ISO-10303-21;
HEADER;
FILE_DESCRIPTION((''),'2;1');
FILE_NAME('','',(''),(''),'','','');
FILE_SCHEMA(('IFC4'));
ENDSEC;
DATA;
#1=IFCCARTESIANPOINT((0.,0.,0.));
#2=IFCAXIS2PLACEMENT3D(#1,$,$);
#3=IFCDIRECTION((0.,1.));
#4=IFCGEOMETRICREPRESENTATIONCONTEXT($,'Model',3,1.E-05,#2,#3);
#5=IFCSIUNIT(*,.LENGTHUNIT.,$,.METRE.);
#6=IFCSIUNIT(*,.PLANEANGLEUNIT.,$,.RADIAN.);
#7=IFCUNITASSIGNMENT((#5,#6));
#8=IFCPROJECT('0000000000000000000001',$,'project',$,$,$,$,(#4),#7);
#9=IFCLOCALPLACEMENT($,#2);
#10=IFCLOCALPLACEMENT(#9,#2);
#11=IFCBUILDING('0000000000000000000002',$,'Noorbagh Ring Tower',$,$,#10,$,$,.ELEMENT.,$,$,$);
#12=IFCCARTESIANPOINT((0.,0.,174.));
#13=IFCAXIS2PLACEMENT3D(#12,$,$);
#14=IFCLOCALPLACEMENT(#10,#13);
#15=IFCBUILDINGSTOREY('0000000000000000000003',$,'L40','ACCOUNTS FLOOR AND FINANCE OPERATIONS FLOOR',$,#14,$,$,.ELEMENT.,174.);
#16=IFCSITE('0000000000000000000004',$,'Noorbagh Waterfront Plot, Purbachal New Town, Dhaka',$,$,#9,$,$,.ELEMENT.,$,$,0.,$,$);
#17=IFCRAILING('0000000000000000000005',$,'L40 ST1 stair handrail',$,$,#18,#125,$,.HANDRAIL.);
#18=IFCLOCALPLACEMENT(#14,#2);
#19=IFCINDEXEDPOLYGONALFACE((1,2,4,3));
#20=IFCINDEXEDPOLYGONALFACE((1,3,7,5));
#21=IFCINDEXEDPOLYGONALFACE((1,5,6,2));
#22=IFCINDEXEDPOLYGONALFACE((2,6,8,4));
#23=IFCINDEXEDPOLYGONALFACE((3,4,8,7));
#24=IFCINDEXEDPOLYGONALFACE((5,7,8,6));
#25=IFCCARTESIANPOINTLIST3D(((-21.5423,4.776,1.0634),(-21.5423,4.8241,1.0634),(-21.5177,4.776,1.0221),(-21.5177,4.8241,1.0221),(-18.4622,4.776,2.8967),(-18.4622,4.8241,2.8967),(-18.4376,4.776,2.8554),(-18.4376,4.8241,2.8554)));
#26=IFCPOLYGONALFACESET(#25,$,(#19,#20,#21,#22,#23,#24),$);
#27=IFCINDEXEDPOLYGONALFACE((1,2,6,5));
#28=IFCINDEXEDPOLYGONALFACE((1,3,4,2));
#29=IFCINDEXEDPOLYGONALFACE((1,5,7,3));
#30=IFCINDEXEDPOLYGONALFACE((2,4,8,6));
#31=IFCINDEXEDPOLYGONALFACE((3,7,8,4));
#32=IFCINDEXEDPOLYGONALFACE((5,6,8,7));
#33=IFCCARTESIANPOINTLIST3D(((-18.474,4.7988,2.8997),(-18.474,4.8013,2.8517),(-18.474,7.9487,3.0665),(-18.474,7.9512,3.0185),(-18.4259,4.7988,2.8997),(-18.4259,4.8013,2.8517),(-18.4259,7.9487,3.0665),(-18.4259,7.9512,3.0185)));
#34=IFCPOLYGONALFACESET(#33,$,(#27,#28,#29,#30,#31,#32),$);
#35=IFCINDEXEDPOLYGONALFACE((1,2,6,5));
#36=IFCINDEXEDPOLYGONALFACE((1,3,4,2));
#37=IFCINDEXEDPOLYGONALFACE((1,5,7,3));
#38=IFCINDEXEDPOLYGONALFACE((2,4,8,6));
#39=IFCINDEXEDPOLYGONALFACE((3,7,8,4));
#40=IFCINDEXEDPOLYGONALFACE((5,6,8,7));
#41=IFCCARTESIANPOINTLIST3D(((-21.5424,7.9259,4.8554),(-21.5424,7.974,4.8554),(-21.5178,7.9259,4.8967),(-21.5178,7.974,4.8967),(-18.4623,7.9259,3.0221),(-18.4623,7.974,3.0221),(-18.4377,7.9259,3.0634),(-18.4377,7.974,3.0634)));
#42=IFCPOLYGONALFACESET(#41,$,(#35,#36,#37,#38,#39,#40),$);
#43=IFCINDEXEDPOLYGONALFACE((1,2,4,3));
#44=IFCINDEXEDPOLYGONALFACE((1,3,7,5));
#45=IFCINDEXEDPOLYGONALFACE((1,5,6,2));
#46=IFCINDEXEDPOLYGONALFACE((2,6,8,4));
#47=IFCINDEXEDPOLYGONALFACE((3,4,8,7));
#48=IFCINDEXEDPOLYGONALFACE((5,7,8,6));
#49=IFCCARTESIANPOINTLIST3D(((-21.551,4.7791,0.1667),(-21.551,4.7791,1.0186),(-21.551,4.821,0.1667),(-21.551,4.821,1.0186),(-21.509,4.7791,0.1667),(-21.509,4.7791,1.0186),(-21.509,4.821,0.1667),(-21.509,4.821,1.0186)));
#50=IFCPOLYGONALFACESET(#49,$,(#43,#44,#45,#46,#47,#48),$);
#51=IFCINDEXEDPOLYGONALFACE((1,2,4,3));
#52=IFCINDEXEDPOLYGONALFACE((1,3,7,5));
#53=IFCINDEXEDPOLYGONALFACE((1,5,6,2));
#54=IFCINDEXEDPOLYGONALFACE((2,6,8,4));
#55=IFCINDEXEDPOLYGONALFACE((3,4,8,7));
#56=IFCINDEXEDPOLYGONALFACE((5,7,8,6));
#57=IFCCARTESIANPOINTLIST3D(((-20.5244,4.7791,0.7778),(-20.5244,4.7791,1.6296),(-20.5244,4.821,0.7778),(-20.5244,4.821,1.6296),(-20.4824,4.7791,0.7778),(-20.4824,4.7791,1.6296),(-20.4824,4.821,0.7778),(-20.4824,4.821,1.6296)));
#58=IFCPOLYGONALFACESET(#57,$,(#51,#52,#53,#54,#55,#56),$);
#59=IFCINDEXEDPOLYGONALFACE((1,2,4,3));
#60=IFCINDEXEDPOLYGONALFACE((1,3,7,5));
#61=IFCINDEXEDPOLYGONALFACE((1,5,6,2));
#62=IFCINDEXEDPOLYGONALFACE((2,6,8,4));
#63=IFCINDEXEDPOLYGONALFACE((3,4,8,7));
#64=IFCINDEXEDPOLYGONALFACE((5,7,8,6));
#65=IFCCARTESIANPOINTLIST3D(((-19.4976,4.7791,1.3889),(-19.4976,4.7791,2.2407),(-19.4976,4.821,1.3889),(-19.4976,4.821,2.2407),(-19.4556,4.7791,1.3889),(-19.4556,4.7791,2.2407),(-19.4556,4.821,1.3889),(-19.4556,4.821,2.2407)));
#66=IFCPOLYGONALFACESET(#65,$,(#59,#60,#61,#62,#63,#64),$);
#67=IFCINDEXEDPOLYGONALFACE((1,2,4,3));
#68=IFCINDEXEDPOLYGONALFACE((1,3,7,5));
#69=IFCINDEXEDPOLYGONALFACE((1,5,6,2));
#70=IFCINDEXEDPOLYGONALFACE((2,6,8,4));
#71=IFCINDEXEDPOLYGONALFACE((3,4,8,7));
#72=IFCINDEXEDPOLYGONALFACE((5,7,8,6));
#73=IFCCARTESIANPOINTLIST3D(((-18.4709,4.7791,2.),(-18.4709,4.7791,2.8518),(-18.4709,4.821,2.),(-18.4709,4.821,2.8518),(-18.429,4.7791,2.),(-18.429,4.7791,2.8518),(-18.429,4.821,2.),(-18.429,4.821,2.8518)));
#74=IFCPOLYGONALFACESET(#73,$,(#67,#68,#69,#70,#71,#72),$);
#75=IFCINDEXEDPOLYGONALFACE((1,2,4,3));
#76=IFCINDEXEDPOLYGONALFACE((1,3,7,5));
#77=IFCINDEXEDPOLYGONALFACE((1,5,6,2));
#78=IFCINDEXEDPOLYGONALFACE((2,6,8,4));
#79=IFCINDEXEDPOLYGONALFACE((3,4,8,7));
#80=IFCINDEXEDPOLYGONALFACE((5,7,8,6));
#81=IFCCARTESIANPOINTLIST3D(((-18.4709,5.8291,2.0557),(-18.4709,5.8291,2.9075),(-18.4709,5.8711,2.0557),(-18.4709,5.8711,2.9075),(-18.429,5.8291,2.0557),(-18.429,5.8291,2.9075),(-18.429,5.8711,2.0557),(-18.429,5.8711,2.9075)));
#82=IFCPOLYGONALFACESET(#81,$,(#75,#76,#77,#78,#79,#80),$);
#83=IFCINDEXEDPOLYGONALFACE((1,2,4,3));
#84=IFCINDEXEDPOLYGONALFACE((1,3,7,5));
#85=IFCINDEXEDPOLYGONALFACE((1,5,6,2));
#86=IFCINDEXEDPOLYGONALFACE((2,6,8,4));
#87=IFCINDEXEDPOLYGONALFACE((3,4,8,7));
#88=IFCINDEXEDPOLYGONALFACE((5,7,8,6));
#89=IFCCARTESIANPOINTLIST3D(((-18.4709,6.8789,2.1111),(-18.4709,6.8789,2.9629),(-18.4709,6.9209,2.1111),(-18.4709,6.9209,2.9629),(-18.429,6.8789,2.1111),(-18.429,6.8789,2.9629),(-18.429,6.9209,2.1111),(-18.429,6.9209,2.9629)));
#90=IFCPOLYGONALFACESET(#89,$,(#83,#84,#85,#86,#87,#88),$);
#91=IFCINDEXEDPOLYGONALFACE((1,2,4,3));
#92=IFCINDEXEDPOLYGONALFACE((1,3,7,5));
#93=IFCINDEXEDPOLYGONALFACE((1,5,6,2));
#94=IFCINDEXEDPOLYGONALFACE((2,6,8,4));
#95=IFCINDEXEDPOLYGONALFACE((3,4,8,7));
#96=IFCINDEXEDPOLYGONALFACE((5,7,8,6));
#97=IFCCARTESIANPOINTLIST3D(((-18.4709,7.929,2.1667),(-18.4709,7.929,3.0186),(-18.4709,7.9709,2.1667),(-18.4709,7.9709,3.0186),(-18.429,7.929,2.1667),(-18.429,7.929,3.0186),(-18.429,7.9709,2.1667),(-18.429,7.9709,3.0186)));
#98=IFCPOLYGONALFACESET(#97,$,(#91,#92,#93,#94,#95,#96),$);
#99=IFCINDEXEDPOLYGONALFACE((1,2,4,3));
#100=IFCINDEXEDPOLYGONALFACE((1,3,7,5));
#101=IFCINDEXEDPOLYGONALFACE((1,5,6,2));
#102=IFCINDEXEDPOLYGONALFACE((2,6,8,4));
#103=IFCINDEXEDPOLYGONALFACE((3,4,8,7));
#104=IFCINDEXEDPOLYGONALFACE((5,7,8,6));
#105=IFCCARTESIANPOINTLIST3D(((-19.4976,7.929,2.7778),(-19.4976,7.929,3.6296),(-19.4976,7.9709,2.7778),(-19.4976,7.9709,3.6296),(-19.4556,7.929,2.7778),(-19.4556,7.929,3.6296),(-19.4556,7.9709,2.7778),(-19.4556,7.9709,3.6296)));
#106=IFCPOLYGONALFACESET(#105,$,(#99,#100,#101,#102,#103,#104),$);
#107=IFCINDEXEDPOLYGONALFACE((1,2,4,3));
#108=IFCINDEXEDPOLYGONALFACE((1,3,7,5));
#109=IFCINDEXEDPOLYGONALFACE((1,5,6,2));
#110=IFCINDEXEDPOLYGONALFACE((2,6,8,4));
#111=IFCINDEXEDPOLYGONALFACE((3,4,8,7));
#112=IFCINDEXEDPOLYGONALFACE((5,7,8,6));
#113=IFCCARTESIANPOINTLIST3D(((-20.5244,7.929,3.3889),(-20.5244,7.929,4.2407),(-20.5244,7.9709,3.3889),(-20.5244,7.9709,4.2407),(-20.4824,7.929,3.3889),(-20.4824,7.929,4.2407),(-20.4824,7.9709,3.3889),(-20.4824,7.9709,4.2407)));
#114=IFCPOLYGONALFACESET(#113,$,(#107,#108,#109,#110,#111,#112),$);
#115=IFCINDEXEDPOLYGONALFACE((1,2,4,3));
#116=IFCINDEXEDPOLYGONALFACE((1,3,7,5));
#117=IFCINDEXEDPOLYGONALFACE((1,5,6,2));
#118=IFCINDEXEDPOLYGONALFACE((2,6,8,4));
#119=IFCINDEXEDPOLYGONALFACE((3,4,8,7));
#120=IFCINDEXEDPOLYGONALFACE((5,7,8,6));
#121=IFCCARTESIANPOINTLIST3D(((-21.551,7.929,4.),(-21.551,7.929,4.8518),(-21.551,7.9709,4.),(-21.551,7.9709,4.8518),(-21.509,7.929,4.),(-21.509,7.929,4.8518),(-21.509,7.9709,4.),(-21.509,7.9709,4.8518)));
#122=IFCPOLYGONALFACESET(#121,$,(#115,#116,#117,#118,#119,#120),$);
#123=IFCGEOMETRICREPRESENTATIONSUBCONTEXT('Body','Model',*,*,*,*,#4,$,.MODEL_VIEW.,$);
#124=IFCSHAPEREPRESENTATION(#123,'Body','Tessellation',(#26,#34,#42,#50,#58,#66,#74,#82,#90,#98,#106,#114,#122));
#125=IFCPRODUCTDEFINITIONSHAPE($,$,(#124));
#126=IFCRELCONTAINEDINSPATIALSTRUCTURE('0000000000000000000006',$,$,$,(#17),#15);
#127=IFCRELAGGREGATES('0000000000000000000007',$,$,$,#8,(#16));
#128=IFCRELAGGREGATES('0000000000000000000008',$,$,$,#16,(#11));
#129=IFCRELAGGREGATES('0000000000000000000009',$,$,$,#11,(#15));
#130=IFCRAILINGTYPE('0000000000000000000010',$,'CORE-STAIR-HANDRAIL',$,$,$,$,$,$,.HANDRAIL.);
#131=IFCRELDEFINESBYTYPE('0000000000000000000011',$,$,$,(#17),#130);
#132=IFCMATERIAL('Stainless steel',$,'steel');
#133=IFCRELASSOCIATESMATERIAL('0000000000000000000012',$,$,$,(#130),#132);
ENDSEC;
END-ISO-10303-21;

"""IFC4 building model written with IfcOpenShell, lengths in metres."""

from ifc_helpers import new_model, si_unit, direction, frame, origin, origin_2d, place, context, subcontext, project, spatial, rectangle, extrude, material, type_object, element, save


model = new_model("IFC4")

# Units and contexts
model_context = context("Model", 3, precision=1e-05, world=origin(), true_north=direction((0.0, 1.0)))
body_context = subcontext(model_context, "Body", "Model", "MODEL_VIEW")
ifc_project = project(units=[si_unit("LENGTHUNIT", "METRE"), si_unit("PLANEANGLEUNIT", "RADIAN")], contexts=[model_context])

# Site, building, storey
site_placement = place(None, origin())
site = spatial("IfcSite", under=ifc_project, at=site_placement, Name="Noorbagh Waterfront Plot, Purbachal New Town, Dhaka", CompositionType="ELEMENT", RefElevation=0.0)
building_placement = place(site_placement, origin())
building = spatial("IfcBuilding", under=site, at=building_placement, Name="Noorbagh Ring Tower", CompositionType="ELEMENT")
storey_placement = place(building_placement, frame((0.0, 0.0, 174.0)))
storey = spatial("IfcBuildingStorey", under=building, at=storey_placement, Name="L40", Description="ACCOUNTS FLOOR AND FINANCE OPERATIONS FLOOR", CompositionType="ELEMENT", Elevation=174.0)

# Railing
ifc_material_1 = material(Name="Stainless steel", Category="steel")
railing_type_1 = type_object("IfcRailingType", Name="CORE-STAIR-HANDRAIL", PredefinedType="HANDRAIL", material=ifc_material_1)
railing_1_placement = place(storey_placement, frame((-21.53, 4.8, 0.1667)))
element("IfcRailing", 1, at=railing_1_placement, inside=storey, type_object=railing_type_1, Name="L40 ST1 stair handrail", PredefinedType="HANDRAIL", context=body_context, shape_type="SweptSolid", body=[
    extrude(rectangle(XDim=0.0481, YDim=0.0481, at=origin_2d()), frame((0.0, 0.0, 0.876), z_axis=(0.859309, 0.0, 0.511458), x_axis=(0.0, 1.0, 0.0)), (0.0, 0.0, 1.0), 3.5845),
    extrude(rectangle(XDim=0.0481, YDim=0.0481, at=origin_2d()), frame((3.0801, 0.0, 2.709), z_axis=(0.0, 0.998602, 0.052864), x_axis=(-1.0, 0.0, 0.0)), (0.0, 0.0, 1.0), 3.1543),
    extrude(rectangle(XDim=0.0481, YDim=0.0481, at=origin_2d()), frame((3.0801, 3.1499, 2.876), z_axis=(-0.859309, 0.0, 0.511458), x_axis=(0.0, -1.0, 0.0)), (0.0, 0.0, 1.0), 3.5845),
    extrude(rectangle(XDim=0.042, YDim=0.042, at=origin_2d()), origin(), (0.0, 0.0, 1.0), 0.8518),
    extrude(rectangle(XDim=0.042, YDim=0.042, at=origin_2d()), frame((1.0266, 0.0, 0.6111)), (0.0, 0.0, 1.0), 0.8518),
    extrude(rectangle(XDim=0.042, YDim=0.042, at=origin_2d()), frame((2.0535, 0.0, 1.2222)), (0.0, 0.0, 1.0), 0.8518),
    extrude(rectangle(XDim=0.042, YDim=0.042, at=origin_2d()), frame((3.0801, 0.0, 1.8333)), (0.0, 0.0, 1.0), 0.8518),
    extrude(rectangle(XDim=0.042, YDim=0.042, at=origin_2d()), frame((3.0801, 1.05, 1.8889)), (0.0, 0.0, 1.0), 0.8518),
    extrude(rectangle(XDim=0.042, YDim=0.042, at=origin_2d()), frame((3.0801, 2.0999, 1.9443)), (0.0, 0.0, 1.0), 0.8518),
    extrude(rectangle(XDim=0.042, YDim=0.042, at=origin_2d()), frame((3.0801, 3.1499, 2.0)), (0.0, 0.0, 1.0), 0.8518),
    extrude(rectangle(XDim=0.042, YDim=0.042, at=origin_2d()), frame((2.0535, 3.1499, 2.6111)), (0.0, 0.0, 1.0), 0.8518),
    extrude(rectangle(XDim=0.042, YDim=0.042, at=origin_2d()), frame((1.0266, 3.1499, 3.2222)), (0.0, 0.0, 1.0), 0.8518),
    extrude(rectangle(XDim=0.042, YDim=0.042, at=origin_2d()), frame((0.0, 3.1499, 3.8333)), (0.0, 0.0, 1.0), 0.8518),
])

save(model, "model.ifc")
